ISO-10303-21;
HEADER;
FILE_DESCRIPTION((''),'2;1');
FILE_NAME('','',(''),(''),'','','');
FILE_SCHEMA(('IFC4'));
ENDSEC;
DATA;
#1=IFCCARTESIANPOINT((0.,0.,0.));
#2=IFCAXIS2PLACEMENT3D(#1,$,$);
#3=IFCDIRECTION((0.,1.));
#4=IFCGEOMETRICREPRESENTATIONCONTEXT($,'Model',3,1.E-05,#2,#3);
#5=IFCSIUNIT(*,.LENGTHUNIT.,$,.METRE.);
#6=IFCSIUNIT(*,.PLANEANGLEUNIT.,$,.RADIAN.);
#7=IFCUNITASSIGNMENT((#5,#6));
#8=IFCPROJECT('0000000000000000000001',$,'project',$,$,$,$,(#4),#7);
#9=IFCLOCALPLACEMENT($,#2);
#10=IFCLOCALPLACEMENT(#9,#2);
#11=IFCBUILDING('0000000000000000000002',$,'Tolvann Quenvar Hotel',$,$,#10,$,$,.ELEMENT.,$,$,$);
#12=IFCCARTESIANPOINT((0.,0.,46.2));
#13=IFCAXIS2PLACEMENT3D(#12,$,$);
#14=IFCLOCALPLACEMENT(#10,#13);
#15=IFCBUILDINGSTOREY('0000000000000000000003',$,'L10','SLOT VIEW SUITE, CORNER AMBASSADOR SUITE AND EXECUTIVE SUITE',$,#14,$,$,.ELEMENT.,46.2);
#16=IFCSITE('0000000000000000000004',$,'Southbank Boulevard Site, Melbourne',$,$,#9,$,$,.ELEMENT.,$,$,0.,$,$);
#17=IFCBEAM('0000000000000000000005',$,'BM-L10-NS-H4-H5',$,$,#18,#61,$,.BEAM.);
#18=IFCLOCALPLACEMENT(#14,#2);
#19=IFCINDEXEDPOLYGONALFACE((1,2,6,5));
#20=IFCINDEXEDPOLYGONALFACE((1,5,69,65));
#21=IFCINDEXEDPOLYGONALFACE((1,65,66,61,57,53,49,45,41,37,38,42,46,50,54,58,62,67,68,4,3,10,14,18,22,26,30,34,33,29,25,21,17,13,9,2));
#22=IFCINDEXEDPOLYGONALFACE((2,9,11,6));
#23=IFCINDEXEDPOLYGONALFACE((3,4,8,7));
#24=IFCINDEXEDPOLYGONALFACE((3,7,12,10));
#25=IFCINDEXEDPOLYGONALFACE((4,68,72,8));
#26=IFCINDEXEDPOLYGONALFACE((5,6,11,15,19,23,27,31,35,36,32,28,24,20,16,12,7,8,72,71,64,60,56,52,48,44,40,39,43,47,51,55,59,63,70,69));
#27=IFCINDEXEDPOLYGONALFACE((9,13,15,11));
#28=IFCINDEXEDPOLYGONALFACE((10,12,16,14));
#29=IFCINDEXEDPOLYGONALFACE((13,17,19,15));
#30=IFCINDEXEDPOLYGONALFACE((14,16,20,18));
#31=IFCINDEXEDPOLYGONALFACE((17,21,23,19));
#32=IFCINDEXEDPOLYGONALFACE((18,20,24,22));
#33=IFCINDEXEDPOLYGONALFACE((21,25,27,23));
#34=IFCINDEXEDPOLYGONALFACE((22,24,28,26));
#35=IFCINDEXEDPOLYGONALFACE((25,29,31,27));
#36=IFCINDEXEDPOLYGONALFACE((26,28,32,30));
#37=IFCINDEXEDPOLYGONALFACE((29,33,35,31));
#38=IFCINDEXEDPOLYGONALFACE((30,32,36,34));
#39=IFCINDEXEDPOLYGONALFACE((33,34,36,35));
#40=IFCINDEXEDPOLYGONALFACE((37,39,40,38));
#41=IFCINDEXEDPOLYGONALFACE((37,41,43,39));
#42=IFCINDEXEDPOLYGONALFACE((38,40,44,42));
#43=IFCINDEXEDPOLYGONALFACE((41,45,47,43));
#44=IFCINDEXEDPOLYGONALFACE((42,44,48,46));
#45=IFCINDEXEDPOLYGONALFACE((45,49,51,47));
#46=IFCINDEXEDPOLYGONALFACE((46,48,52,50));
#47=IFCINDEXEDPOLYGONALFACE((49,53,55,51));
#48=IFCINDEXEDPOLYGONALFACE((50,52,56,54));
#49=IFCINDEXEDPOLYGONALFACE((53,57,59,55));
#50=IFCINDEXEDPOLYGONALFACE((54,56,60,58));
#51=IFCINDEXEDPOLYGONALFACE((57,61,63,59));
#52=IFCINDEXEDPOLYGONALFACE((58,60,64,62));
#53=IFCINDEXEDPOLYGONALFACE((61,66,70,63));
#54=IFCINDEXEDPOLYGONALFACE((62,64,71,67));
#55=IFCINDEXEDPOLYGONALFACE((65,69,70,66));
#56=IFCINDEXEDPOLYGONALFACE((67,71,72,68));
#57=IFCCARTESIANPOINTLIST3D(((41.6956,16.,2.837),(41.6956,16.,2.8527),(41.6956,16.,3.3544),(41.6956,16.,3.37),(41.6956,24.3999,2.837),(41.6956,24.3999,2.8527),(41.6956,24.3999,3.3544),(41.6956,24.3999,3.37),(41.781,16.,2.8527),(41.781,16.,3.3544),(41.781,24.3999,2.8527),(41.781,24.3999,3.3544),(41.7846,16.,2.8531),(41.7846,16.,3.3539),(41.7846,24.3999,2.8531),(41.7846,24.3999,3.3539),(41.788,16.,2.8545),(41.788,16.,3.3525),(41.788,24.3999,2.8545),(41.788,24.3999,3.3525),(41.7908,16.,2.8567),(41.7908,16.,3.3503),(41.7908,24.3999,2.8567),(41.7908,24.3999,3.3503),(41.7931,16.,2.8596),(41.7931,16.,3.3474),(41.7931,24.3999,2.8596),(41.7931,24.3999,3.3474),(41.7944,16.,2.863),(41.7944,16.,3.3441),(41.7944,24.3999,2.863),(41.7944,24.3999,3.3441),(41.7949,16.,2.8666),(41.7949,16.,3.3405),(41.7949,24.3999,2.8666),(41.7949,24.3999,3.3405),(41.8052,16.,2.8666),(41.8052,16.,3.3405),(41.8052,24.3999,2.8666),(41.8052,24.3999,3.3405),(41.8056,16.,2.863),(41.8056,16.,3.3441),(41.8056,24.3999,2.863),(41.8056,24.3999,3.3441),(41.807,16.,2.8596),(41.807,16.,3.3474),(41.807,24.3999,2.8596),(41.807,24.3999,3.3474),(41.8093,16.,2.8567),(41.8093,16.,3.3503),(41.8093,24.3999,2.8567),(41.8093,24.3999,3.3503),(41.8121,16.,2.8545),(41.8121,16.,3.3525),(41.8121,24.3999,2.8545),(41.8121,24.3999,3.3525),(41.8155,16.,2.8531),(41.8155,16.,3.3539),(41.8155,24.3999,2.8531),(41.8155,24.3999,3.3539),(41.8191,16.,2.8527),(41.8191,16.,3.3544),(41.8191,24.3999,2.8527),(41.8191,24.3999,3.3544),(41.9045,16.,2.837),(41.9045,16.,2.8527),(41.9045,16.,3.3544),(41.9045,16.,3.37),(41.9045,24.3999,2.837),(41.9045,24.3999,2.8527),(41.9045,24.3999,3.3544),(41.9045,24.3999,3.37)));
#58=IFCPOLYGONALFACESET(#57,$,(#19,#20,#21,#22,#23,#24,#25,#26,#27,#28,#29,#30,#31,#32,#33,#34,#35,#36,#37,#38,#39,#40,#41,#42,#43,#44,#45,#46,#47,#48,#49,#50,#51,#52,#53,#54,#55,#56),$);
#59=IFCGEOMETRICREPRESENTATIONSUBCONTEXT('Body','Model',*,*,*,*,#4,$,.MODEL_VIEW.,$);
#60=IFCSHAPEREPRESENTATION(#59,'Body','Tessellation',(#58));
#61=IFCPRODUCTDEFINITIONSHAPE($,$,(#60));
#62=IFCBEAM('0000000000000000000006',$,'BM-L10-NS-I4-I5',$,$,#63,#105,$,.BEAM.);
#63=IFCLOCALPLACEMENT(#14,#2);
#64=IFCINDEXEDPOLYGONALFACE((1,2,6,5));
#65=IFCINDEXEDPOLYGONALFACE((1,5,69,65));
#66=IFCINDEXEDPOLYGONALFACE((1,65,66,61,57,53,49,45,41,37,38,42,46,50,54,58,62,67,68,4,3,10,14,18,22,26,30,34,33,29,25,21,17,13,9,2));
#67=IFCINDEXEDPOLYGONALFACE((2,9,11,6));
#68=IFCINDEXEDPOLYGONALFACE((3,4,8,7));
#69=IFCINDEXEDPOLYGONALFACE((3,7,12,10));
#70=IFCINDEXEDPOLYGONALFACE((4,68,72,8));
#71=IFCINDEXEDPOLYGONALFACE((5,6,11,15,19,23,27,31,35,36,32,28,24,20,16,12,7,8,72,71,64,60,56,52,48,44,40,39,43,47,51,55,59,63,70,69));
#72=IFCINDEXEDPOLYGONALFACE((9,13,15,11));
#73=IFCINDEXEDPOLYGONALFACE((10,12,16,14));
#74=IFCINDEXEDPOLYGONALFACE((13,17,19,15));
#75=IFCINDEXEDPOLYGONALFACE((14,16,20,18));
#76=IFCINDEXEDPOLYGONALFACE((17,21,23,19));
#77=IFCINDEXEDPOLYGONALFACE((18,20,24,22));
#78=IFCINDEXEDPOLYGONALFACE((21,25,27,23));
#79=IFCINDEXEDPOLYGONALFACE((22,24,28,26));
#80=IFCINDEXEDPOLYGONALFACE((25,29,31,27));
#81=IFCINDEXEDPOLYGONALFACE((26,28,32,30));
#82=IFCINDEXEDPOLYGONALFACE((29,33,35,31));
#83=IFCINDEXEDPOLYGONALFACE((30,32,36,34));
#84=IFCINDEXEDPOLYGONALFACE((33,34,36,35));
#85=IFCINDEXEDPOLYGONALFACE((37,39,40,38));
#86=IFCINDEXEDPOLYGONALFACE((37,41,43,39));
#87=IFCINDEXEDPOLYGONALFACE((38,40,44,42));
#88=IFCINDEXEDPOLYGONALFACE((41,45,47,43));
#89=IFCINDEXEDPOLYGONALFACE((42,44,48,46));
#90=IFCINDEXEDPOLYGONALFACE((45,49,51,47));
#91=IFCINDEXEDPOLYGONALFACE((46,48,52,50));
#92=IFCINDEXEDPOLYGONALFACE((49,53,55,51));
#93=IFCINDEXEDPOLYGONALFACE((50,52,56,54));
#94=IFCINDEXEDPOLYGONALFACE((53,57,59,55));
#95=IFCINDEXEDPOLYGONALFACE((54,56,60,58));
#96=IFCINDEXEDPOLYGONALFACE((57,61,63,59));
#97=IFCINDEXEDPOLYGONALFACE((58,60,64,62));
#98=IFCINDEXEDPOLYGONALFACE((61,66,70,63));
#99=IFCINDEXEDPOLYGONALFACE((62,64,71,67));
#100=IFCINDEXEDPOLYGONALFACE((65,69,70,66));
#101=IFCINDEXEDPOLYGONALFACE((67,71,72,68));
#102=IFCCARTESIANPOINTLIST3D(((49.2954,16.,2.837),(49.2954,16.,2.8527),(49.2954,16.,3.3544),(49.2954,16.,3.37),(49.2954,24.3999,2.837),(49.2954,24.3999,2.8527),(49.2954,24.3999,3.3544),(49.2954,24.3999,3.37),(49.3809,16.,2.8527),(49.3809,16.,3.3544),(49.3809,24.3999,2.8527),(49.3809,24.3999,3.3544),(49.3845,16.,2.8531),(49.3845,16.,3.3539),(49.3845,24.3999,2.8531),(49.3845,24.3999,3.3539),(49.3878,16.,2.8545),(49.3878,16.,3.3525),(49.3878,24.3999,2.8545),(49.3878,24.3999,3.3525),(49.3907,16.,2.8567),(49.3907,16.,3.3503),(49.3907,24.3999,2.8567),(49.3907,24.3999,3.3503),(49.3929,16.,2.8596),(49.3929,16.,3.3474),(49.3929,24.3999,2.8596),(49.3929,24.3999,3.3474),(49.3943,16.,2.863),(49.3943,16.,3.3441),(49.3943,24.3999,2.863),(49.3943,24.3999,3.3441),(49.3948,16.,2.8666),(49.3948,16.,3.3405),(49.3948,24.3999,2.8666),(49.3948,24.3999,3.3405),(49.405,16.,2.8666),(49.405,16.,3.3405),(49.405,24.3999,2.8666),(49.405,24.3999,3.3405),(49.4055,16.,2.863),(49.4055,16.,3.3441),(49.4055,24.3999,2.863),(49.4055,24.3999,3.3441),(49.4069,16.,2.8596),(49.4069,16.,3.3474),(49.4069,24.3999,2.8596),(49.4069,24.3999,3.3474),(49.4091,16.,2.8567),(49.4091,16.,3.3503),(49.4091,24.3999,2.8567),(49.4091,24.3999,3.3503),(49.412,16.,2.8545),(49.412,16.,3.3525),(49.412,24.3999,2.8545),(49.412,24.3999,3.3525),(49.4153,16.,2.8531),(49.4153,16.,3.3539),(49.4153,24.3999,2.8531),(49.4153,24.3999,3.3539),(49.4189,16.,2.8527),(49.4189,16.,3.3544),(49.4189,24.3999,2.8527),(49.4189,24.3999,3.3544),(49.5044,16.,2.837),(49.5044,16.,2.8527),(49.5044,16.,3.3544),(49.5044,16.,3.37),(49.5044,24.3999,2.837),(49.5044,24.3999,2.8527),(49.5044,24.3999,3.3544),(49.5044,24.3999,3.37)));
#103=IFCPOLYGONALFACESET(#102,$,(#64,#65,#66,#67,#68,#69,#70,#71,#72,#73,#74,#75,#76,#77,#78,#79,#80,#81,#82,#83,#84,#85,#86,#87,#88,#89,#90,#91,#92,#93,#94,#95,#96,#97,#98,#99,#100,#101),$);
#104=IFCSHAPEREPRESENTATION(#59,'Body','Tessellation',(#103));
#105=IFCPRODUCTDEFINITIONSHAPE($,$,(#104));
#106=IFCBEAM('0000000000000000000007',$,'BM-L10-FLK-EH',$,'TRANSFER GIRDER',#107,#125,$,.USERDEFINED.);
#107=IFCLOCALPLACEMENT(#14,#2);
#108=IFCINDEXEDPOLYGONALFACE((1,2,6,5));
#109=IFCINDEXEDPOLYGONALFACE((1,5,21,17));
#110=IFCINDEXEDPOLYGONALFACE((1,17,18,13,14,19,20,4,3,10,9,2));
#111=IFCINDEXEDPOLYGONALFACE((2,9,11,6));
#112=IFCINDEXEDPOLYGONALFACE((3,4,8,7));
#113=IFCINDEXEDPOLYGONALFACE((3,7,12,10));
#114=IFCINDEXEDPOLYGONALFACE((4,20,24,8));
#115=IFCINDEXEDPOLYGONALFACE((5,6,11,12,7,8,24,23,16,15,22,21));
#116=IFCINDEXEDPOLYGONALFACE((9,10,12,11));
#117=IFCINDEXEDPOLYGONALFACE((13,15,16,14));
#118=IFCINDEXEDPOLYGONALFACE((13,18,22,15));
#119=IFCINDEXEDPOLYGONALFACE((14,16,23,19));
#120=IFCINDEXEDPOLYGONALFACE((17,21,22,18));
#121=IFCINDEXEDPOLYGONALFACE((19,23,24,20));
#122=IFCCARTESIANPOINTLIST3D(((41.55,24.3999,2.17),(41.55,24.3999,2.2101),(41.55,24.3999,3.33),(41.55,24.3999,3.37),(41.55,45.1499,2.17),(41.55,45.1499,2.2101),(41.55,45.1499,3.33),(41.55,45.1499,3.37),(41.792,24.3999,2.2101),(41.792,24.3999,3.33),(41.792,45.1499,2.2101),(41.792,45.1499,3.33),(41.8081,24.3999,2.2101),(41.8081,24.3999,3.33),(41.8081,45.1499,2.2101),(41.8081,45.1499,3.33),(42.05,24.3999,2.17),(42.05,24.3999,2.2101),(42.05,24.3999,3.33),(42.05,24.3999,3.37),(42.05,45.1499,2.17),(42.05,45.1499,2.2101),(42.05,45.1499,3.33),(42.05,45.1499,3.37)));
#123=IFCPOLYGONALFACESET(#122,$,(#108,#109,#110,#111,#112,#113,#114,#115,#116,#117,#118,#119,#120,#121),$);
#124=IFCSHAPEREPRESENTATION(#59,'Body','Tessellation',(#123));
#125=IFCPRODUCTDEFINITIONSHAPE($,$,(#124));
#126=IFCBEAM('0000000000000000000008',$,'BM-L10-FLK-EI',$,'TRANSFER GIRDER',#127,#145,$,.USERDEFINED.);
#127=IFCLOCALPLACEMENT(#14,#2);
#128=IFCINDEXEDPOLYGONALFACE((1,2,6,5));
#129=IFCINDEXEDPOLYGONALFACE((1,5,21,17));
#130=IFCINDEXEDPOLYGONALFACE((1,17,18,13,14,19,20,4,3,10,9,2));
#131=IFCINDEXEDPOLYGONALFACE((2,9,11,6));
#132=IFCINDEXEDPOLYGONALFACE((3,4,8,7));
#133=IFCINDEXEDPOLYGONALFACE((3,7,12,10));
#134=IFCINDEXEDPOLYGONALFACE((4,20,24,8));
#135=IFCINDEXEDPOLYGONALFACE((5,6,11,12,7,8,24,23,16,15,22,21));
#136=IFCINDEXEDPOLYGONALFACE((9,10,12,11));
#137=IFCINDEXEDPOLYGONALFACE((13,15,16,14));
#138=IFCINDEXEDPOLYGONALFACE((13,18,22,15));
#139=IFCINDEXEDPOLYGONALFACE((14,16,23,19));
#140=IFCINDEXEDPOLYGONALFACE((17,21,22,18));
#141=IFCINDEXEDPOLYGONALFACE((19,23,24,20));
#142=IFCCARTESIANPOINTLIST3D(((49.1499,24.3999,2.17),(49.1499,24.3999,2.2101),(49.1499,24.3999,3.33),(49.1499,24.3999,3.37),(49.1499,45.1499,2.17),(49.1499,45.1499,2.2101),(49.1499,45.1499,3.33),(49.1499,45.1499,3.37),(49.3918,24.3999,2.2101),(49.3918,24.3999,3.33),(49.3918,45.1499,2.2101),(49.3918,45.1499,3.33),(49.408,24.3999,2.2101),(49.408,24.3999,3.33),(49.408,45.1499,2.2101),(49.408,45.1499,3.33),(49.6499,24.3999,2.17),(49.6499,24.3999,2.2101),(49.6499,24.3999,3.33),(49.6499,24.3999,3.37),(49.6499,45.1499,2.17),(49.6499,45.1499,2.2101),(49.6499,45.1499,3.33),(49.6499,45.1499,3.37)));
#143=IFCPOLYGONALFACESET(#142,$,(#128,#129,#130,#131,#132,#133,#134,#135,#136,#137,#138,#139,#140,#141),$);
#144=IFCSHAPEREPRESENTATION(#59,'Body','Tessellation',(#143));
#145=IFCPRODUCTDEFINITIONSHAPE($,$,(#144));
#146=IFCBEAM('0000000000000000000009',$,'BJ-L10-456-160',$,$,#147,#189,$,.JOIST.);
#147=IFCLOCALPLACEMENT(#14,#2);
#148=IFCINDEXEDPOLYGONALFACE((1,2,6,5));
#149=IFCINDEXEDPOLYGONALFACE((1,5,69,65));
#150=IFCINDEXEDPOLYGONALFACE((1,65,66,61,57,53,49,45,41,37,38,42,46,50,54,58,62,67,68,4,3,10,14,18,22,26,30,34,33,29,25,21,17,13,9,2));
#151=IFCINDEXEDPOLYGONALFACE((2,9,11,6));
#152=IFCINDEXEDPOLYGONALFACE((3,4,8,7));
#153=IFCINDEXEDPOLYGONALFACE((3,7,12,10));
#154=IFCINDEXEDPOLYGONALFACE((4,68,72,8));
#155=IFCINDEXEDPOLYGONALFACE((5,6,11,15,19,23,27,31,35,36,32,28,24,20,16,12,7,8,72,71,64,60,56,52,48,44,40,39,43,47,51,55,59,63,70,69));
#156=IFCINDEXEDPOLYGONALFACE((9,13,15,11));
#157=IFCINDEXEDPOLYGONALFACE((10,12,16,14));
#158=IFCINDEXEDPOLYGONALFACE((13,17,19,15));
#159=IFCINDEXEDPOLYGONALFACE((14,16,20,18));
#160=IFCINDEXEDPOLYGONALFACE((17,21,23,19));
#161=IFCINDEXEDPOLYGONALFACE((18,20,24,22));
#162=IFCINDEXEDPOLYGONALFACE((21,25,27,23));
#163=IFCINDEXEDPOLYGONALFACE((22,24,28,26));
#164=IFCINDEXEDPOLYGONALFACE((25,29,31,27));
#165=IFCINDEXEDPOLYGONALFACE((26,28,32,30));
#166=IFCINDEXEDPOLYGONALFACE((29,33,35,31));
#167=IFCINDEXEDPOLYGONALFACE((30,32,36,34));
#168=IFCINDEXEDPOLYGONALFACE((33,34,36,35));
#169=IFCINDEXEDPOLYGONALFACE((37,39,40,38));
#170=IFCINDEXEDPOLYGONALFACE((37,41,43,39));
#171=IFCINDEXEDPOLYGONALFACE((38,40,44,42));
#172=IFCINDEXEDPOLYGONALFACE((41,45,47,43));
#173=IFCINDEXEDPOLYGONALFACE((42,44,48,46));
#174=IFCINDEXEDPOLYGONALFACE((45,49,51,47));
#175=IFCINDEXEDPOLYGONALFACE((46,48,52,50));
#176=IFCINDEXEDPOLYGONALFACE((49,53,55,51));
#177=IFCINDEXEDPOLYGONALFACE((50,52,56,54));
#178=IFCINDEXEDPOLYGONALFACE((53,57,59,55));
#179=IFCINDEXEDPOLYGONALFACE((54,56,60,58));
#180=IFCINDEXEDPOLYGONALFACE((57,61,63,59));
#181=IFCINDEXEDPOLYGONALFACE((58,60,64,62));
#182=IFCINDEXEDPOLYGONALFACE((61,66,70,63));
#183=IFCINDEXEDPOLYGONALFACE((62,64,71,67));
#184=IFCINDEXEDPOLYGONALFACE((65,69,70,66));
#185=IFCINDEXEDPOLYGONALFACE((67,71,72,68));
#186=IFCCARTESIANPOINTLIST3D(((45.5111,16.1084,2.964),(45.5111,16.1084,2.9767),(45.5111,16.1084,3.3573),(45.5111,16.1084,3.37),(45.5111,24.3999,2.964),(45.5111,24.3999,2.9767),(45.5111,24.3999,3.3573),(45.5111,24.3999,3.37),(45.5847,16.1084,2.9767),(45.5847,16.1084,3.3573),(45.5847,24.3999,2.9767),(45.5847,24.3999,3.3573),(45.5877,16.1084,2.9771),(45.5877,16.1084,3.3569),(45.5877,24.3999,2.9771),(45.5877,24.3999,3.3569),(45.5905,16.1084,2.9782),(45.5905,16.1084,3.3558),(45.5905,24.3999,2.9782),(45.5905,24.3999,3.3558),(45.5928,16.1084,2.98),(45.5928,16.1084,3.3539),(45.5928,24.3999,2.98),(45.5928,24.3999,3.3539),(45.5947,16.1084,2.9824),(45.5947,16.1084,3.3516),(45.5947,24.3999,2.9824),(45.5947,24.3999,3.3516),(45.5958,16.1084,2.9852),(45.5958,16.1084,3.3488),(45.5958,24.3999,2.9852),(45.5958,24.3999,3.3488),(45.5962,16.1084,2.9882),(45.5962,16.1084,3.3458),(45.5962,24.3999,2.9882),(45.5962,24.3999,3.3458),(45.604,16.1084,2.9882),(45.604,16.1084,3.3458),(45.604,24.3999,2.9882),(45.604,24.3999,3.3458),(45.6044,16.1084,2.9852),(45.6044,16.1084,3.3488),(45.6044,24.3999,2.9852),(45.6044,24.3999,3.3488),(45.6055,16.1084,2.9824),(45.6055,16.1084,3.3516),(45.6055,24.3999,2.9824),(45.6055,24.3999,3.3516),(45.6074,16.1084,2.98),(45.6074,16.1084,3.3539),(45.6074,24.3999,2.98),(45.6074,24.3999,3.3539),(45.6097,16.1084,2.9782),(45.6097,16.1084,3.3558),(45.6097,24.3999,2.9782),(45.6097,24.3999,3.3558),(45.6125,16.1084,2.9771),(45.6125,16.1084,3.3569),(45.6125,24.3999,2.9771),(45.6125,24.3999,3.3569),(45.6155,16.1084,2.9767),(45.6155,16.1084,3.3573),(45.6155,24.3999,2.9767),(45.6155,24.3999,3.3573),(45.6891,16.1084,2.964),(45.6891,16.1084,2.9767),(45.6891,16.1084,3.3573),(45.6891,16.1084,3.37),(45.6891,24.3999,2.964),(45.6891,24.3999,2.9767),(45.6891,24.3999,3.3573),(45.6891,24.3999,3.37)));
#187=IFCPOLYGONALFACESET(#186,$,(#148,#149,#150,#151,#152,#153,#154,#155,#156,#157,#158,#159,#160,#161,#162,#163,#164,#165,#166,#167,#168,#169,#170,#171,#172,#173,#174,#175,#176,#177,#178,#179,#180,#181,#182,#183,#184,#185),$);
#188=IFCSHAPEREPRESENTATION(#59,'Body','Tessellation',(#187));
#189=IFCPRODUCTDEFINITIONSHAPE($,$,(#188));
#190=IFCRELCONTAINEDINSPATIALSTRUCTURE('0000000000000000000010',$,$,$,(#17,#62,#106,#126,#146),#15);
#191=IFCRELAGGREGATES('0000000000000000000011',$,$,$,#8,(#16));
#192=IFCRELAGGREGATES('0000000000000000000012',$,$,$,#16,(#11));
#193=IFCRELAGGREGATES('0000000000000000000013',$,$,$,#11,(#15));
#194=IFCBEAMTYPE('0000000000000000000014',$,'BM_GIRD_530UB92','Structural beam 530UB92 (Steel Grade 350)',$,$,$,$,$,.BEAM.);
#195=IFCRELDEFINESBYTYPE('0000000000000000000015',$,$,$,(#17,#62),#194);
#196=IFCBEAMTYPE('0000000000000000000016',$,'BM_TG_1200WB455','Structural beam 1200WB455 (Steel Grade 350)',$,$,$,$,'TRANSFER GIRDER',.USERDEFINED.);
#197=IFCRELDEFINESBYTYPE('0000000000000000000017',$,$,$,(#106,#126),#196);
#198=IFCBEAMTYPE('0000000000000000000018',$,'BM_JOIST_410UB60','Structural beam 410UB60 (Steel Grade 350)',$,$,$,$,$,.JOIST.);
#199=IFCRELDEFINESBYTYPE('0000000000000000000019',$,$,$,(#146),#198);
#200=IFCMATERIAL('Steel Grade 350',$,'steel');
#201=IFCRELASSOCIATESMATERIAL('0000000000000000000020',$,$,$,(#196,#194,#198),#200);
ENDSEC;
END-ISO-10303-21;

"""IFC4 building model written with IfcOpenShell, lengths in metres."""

from ifc_helpers import new_model, si_unit, direction, frame, origin, origin_2d, place, context, subcontext, project, spatial, i_section, extrude, source, transform, mapped, material, material_profile, profile_set, type_object, type_shapes, element, save


model = new_model("IFC4")

# Units and contexts
model_context = context("Model", 3, precision=1e-05, world=origin(), true_north=direction((0.0, 1.0)))
body_context = subcontext(model_context, "Body", "Model", "MODEL_VIEW")
ifc_project = project(units=[si_unit("LENGTHUNIT", "METRE"), si_unit("PLANEANGLEUNIT", "RADIAN")], contexts=[model_context])

# Site, building, storey
site_placement = place(None, origin())
site = spatial("IfcSite", under=ifc_project, at=site_placement, Name="Southbank Boulevard Site, Melbourne", CompositionType="ELEMENT", RefElevation=0.0)
building_placement = place(site_placement, origin())
building = spatial("IfcBuilding", under=site, at=building_placement, Name="Tolvann Quenvar Hotel", CompositionType="ELEMENT")
storey_placement = place(building_placement, frame((0.0, 0.0, 46.2)))
storey = spatial("IfcBuildingStorey", under=building, at=storey_placement, Name="L10", Description="SLOT VIEW SUITE, CORNER AMBASSADOR SUITE AND EXECUTIVE SUITE", CompositionType="ELEMENT", Elevation=46.2)

# Shared definitions
ifc_material_1 = material(Name="Steel Grade 350", Category="steel")

# Beams
ifc_material_profile_1 = material_profile(ifc_material_1, i_section(OverallWidth=0.5, OverallDepth=1.2, WebThickness=0.0161, FlangeThickness=0.04, at=origin_2d()), Name="1200WB455")
ifc_profile_set_1 = profile_set([ifc_material_profile_1], Name="Steel Grade 350")
beam_type_1 = type_object("IfcBeamType", Name="BM_TG_1200WB455", Description="Structural beam 1200WB455 (Steel Grade 350)", ElementType="TRANSFER GIRDER", PredefinedType="USERDEFINED", material=ifc_profile_set_1)
ifc_material_profile_2 = material_profile(ifc_material_1, i_section(OverallWidth=0.209, OverallDepth=0.533, WebThickness=0.0103, FlangeThickness=0.0156, FilletRadius=0.0139, at=origin_2d()), Name="530UB92")
ifc_profile_set_2 = profile_set([ifc_material_profile_2], Name="Steel Grade 350")
beam_type_2 = type_object("IfcBeamType", Name="BM_GIRD_530UB92", Description="Structural beam 530UB92 (Steel Grade 350)", PredefinedType="BEAM", material=ifc_profile_set_2)
shared_shape_1 = source(origin(), body_context, "Body", "SweptSolid", [
    extrude(i_section(OverallWidth=0.209, OverallDepth=0.533, WebThickness=0.0103, FlangeThickness=0.0156, FilletRadius=0.0139, at=origin_2d()), origin(), (0.0, 0.0, 1.0), 8.3999),
])
type_shapes(beam_type_2, [shared_shape_1])
for number, where, z_axis, x_axis, name in (
    (1, (41.8, 16.0, 3.1035), (0.0, 1.0, 0.0), (-1.0, 0.0, 0.0), "BM-L10-NS-H4-H5"),
    (2, (49.3999, 16.0, 3.1035), (0.0, 1.0, 0.0), (-1.0, 0.0, 0.0), "BM-L10-NS-I4-I5"),
):
    element("IfcBeam", number, at=place(storey_placement, frame(where, z_axis=z_axis, x_axis=x_axis)), inside=storey, type_object=beam_type_2, Name=name, PredefinedType="BEAM", context=body_context, shape_type="MappedRepresentation", body=[
        mapped(shared_shape_1, transform((0.0, 0.0, 0.0), x_axis=(1.0, 0.0, 0.0), y_axis=(0.0, 1.0, 0.0), z_axis=(0.0, 0.0, 1.0), scale=1.0)),
    ])
shared_shape_2 = source(origin(), body_context, "Body", "SweptSolid", [
    extrude(i_section(OverallWidth=0.5, OverallDepth=1.2, WebThickness=0.0161, FlangeThickness=0.04, at=origin_2d()), origin(), (0.0, 0.0, 1.0), 20.75),
])
for number, where, z_axis, x_axis, name in (
    (3, (41.8, 24.3999, 2.77), (0.0, 1.0, 0.0), (-1.0, 0.0, 0.0), "BM-L10-FLK-EH"),
    (4, (49.3999, 24.3999, 2.77), (0.0, 1.0, 0.0), (-1.0, 0.0, 0.0), "BM-L10-FLK-EI"),
):
    element("IfcBeam", number, at=place(storey_placement, frame(where, z_axis=z_axis, x_axis=x_axis)), inside=storey, type_object=beam_type_1, Name=name, ObjectType="TRANSFER GIRDER", PredefinedType="USERDEFINED", context=body_context, shape_type="MappedRepresentation", body=[
        mapped(shared_shape_2, transform((0.0, 0.0, 0.0), x_axis=(1.0, 0.0, 0.0), y_axis=(0.0, 1.0, 0.0), z_axis=(0.0, 0.0, 1.0), scale=1.0)),
    ])
ifc_material_profile_3 = material_profile(ifc_material_1, i_section(OverallWidth=0.178, OverallDepth=0.406, WebThickness=0.0078, FlangeThickness=0.0127, FilletRadius=0.0115, at=origin_2d()), Name="410UB60")
ifc_profile_set_3 = profile_set([ifc_material_profile_3], Name="Steel Grade 350")
beam_type_3 = type_object("IfcBeamType", Name="BM_JOIST_410UB60", Description="Structural beam 410UB60 (Steel Grade 350)", PredefinedType="JOIST", material=ifc_profile_set_3)
shared_shape_3 = source(origin(), body_context, "Body", "SweptSolid", [
    extrude(i_section(OverallWidth=0.178, OverallDepth=0.406, WebThickness=0.0078, FlangeThickness=0.0127, FilletRadius=0.0115, at=origin_2d()), origin(), (0.0, 0.0, 1.0), 8.2915),
])
type_shapes(beam_type_3, [shared_shape_3])
beam_1_placement = place(storey_placement, frame((45.6001, 16.1084, 3.167), z_axis=(0.0, 1.0, 0.0), x_axis=(-1.0, 0.0, 0.0)))
element("IfcBeam", 5, at=beam_1_placement, inside=storey, type_object=beam_type_3, Name="BJ-L10-456-160", PredefinedType="JOIST", context=body_context, shape_type="MappedRepresentation", body=[
    mapped(shared_shape_3, transform((0.0, 0.0, 0.0), x_axis=(1.0, 0.0, 0.0), y_axis=(0.0, 1.0, 0.0), z_axis=(0.0, 0.0, 1.0), scale=1.0)),
])

save(model, "model.ifc")
